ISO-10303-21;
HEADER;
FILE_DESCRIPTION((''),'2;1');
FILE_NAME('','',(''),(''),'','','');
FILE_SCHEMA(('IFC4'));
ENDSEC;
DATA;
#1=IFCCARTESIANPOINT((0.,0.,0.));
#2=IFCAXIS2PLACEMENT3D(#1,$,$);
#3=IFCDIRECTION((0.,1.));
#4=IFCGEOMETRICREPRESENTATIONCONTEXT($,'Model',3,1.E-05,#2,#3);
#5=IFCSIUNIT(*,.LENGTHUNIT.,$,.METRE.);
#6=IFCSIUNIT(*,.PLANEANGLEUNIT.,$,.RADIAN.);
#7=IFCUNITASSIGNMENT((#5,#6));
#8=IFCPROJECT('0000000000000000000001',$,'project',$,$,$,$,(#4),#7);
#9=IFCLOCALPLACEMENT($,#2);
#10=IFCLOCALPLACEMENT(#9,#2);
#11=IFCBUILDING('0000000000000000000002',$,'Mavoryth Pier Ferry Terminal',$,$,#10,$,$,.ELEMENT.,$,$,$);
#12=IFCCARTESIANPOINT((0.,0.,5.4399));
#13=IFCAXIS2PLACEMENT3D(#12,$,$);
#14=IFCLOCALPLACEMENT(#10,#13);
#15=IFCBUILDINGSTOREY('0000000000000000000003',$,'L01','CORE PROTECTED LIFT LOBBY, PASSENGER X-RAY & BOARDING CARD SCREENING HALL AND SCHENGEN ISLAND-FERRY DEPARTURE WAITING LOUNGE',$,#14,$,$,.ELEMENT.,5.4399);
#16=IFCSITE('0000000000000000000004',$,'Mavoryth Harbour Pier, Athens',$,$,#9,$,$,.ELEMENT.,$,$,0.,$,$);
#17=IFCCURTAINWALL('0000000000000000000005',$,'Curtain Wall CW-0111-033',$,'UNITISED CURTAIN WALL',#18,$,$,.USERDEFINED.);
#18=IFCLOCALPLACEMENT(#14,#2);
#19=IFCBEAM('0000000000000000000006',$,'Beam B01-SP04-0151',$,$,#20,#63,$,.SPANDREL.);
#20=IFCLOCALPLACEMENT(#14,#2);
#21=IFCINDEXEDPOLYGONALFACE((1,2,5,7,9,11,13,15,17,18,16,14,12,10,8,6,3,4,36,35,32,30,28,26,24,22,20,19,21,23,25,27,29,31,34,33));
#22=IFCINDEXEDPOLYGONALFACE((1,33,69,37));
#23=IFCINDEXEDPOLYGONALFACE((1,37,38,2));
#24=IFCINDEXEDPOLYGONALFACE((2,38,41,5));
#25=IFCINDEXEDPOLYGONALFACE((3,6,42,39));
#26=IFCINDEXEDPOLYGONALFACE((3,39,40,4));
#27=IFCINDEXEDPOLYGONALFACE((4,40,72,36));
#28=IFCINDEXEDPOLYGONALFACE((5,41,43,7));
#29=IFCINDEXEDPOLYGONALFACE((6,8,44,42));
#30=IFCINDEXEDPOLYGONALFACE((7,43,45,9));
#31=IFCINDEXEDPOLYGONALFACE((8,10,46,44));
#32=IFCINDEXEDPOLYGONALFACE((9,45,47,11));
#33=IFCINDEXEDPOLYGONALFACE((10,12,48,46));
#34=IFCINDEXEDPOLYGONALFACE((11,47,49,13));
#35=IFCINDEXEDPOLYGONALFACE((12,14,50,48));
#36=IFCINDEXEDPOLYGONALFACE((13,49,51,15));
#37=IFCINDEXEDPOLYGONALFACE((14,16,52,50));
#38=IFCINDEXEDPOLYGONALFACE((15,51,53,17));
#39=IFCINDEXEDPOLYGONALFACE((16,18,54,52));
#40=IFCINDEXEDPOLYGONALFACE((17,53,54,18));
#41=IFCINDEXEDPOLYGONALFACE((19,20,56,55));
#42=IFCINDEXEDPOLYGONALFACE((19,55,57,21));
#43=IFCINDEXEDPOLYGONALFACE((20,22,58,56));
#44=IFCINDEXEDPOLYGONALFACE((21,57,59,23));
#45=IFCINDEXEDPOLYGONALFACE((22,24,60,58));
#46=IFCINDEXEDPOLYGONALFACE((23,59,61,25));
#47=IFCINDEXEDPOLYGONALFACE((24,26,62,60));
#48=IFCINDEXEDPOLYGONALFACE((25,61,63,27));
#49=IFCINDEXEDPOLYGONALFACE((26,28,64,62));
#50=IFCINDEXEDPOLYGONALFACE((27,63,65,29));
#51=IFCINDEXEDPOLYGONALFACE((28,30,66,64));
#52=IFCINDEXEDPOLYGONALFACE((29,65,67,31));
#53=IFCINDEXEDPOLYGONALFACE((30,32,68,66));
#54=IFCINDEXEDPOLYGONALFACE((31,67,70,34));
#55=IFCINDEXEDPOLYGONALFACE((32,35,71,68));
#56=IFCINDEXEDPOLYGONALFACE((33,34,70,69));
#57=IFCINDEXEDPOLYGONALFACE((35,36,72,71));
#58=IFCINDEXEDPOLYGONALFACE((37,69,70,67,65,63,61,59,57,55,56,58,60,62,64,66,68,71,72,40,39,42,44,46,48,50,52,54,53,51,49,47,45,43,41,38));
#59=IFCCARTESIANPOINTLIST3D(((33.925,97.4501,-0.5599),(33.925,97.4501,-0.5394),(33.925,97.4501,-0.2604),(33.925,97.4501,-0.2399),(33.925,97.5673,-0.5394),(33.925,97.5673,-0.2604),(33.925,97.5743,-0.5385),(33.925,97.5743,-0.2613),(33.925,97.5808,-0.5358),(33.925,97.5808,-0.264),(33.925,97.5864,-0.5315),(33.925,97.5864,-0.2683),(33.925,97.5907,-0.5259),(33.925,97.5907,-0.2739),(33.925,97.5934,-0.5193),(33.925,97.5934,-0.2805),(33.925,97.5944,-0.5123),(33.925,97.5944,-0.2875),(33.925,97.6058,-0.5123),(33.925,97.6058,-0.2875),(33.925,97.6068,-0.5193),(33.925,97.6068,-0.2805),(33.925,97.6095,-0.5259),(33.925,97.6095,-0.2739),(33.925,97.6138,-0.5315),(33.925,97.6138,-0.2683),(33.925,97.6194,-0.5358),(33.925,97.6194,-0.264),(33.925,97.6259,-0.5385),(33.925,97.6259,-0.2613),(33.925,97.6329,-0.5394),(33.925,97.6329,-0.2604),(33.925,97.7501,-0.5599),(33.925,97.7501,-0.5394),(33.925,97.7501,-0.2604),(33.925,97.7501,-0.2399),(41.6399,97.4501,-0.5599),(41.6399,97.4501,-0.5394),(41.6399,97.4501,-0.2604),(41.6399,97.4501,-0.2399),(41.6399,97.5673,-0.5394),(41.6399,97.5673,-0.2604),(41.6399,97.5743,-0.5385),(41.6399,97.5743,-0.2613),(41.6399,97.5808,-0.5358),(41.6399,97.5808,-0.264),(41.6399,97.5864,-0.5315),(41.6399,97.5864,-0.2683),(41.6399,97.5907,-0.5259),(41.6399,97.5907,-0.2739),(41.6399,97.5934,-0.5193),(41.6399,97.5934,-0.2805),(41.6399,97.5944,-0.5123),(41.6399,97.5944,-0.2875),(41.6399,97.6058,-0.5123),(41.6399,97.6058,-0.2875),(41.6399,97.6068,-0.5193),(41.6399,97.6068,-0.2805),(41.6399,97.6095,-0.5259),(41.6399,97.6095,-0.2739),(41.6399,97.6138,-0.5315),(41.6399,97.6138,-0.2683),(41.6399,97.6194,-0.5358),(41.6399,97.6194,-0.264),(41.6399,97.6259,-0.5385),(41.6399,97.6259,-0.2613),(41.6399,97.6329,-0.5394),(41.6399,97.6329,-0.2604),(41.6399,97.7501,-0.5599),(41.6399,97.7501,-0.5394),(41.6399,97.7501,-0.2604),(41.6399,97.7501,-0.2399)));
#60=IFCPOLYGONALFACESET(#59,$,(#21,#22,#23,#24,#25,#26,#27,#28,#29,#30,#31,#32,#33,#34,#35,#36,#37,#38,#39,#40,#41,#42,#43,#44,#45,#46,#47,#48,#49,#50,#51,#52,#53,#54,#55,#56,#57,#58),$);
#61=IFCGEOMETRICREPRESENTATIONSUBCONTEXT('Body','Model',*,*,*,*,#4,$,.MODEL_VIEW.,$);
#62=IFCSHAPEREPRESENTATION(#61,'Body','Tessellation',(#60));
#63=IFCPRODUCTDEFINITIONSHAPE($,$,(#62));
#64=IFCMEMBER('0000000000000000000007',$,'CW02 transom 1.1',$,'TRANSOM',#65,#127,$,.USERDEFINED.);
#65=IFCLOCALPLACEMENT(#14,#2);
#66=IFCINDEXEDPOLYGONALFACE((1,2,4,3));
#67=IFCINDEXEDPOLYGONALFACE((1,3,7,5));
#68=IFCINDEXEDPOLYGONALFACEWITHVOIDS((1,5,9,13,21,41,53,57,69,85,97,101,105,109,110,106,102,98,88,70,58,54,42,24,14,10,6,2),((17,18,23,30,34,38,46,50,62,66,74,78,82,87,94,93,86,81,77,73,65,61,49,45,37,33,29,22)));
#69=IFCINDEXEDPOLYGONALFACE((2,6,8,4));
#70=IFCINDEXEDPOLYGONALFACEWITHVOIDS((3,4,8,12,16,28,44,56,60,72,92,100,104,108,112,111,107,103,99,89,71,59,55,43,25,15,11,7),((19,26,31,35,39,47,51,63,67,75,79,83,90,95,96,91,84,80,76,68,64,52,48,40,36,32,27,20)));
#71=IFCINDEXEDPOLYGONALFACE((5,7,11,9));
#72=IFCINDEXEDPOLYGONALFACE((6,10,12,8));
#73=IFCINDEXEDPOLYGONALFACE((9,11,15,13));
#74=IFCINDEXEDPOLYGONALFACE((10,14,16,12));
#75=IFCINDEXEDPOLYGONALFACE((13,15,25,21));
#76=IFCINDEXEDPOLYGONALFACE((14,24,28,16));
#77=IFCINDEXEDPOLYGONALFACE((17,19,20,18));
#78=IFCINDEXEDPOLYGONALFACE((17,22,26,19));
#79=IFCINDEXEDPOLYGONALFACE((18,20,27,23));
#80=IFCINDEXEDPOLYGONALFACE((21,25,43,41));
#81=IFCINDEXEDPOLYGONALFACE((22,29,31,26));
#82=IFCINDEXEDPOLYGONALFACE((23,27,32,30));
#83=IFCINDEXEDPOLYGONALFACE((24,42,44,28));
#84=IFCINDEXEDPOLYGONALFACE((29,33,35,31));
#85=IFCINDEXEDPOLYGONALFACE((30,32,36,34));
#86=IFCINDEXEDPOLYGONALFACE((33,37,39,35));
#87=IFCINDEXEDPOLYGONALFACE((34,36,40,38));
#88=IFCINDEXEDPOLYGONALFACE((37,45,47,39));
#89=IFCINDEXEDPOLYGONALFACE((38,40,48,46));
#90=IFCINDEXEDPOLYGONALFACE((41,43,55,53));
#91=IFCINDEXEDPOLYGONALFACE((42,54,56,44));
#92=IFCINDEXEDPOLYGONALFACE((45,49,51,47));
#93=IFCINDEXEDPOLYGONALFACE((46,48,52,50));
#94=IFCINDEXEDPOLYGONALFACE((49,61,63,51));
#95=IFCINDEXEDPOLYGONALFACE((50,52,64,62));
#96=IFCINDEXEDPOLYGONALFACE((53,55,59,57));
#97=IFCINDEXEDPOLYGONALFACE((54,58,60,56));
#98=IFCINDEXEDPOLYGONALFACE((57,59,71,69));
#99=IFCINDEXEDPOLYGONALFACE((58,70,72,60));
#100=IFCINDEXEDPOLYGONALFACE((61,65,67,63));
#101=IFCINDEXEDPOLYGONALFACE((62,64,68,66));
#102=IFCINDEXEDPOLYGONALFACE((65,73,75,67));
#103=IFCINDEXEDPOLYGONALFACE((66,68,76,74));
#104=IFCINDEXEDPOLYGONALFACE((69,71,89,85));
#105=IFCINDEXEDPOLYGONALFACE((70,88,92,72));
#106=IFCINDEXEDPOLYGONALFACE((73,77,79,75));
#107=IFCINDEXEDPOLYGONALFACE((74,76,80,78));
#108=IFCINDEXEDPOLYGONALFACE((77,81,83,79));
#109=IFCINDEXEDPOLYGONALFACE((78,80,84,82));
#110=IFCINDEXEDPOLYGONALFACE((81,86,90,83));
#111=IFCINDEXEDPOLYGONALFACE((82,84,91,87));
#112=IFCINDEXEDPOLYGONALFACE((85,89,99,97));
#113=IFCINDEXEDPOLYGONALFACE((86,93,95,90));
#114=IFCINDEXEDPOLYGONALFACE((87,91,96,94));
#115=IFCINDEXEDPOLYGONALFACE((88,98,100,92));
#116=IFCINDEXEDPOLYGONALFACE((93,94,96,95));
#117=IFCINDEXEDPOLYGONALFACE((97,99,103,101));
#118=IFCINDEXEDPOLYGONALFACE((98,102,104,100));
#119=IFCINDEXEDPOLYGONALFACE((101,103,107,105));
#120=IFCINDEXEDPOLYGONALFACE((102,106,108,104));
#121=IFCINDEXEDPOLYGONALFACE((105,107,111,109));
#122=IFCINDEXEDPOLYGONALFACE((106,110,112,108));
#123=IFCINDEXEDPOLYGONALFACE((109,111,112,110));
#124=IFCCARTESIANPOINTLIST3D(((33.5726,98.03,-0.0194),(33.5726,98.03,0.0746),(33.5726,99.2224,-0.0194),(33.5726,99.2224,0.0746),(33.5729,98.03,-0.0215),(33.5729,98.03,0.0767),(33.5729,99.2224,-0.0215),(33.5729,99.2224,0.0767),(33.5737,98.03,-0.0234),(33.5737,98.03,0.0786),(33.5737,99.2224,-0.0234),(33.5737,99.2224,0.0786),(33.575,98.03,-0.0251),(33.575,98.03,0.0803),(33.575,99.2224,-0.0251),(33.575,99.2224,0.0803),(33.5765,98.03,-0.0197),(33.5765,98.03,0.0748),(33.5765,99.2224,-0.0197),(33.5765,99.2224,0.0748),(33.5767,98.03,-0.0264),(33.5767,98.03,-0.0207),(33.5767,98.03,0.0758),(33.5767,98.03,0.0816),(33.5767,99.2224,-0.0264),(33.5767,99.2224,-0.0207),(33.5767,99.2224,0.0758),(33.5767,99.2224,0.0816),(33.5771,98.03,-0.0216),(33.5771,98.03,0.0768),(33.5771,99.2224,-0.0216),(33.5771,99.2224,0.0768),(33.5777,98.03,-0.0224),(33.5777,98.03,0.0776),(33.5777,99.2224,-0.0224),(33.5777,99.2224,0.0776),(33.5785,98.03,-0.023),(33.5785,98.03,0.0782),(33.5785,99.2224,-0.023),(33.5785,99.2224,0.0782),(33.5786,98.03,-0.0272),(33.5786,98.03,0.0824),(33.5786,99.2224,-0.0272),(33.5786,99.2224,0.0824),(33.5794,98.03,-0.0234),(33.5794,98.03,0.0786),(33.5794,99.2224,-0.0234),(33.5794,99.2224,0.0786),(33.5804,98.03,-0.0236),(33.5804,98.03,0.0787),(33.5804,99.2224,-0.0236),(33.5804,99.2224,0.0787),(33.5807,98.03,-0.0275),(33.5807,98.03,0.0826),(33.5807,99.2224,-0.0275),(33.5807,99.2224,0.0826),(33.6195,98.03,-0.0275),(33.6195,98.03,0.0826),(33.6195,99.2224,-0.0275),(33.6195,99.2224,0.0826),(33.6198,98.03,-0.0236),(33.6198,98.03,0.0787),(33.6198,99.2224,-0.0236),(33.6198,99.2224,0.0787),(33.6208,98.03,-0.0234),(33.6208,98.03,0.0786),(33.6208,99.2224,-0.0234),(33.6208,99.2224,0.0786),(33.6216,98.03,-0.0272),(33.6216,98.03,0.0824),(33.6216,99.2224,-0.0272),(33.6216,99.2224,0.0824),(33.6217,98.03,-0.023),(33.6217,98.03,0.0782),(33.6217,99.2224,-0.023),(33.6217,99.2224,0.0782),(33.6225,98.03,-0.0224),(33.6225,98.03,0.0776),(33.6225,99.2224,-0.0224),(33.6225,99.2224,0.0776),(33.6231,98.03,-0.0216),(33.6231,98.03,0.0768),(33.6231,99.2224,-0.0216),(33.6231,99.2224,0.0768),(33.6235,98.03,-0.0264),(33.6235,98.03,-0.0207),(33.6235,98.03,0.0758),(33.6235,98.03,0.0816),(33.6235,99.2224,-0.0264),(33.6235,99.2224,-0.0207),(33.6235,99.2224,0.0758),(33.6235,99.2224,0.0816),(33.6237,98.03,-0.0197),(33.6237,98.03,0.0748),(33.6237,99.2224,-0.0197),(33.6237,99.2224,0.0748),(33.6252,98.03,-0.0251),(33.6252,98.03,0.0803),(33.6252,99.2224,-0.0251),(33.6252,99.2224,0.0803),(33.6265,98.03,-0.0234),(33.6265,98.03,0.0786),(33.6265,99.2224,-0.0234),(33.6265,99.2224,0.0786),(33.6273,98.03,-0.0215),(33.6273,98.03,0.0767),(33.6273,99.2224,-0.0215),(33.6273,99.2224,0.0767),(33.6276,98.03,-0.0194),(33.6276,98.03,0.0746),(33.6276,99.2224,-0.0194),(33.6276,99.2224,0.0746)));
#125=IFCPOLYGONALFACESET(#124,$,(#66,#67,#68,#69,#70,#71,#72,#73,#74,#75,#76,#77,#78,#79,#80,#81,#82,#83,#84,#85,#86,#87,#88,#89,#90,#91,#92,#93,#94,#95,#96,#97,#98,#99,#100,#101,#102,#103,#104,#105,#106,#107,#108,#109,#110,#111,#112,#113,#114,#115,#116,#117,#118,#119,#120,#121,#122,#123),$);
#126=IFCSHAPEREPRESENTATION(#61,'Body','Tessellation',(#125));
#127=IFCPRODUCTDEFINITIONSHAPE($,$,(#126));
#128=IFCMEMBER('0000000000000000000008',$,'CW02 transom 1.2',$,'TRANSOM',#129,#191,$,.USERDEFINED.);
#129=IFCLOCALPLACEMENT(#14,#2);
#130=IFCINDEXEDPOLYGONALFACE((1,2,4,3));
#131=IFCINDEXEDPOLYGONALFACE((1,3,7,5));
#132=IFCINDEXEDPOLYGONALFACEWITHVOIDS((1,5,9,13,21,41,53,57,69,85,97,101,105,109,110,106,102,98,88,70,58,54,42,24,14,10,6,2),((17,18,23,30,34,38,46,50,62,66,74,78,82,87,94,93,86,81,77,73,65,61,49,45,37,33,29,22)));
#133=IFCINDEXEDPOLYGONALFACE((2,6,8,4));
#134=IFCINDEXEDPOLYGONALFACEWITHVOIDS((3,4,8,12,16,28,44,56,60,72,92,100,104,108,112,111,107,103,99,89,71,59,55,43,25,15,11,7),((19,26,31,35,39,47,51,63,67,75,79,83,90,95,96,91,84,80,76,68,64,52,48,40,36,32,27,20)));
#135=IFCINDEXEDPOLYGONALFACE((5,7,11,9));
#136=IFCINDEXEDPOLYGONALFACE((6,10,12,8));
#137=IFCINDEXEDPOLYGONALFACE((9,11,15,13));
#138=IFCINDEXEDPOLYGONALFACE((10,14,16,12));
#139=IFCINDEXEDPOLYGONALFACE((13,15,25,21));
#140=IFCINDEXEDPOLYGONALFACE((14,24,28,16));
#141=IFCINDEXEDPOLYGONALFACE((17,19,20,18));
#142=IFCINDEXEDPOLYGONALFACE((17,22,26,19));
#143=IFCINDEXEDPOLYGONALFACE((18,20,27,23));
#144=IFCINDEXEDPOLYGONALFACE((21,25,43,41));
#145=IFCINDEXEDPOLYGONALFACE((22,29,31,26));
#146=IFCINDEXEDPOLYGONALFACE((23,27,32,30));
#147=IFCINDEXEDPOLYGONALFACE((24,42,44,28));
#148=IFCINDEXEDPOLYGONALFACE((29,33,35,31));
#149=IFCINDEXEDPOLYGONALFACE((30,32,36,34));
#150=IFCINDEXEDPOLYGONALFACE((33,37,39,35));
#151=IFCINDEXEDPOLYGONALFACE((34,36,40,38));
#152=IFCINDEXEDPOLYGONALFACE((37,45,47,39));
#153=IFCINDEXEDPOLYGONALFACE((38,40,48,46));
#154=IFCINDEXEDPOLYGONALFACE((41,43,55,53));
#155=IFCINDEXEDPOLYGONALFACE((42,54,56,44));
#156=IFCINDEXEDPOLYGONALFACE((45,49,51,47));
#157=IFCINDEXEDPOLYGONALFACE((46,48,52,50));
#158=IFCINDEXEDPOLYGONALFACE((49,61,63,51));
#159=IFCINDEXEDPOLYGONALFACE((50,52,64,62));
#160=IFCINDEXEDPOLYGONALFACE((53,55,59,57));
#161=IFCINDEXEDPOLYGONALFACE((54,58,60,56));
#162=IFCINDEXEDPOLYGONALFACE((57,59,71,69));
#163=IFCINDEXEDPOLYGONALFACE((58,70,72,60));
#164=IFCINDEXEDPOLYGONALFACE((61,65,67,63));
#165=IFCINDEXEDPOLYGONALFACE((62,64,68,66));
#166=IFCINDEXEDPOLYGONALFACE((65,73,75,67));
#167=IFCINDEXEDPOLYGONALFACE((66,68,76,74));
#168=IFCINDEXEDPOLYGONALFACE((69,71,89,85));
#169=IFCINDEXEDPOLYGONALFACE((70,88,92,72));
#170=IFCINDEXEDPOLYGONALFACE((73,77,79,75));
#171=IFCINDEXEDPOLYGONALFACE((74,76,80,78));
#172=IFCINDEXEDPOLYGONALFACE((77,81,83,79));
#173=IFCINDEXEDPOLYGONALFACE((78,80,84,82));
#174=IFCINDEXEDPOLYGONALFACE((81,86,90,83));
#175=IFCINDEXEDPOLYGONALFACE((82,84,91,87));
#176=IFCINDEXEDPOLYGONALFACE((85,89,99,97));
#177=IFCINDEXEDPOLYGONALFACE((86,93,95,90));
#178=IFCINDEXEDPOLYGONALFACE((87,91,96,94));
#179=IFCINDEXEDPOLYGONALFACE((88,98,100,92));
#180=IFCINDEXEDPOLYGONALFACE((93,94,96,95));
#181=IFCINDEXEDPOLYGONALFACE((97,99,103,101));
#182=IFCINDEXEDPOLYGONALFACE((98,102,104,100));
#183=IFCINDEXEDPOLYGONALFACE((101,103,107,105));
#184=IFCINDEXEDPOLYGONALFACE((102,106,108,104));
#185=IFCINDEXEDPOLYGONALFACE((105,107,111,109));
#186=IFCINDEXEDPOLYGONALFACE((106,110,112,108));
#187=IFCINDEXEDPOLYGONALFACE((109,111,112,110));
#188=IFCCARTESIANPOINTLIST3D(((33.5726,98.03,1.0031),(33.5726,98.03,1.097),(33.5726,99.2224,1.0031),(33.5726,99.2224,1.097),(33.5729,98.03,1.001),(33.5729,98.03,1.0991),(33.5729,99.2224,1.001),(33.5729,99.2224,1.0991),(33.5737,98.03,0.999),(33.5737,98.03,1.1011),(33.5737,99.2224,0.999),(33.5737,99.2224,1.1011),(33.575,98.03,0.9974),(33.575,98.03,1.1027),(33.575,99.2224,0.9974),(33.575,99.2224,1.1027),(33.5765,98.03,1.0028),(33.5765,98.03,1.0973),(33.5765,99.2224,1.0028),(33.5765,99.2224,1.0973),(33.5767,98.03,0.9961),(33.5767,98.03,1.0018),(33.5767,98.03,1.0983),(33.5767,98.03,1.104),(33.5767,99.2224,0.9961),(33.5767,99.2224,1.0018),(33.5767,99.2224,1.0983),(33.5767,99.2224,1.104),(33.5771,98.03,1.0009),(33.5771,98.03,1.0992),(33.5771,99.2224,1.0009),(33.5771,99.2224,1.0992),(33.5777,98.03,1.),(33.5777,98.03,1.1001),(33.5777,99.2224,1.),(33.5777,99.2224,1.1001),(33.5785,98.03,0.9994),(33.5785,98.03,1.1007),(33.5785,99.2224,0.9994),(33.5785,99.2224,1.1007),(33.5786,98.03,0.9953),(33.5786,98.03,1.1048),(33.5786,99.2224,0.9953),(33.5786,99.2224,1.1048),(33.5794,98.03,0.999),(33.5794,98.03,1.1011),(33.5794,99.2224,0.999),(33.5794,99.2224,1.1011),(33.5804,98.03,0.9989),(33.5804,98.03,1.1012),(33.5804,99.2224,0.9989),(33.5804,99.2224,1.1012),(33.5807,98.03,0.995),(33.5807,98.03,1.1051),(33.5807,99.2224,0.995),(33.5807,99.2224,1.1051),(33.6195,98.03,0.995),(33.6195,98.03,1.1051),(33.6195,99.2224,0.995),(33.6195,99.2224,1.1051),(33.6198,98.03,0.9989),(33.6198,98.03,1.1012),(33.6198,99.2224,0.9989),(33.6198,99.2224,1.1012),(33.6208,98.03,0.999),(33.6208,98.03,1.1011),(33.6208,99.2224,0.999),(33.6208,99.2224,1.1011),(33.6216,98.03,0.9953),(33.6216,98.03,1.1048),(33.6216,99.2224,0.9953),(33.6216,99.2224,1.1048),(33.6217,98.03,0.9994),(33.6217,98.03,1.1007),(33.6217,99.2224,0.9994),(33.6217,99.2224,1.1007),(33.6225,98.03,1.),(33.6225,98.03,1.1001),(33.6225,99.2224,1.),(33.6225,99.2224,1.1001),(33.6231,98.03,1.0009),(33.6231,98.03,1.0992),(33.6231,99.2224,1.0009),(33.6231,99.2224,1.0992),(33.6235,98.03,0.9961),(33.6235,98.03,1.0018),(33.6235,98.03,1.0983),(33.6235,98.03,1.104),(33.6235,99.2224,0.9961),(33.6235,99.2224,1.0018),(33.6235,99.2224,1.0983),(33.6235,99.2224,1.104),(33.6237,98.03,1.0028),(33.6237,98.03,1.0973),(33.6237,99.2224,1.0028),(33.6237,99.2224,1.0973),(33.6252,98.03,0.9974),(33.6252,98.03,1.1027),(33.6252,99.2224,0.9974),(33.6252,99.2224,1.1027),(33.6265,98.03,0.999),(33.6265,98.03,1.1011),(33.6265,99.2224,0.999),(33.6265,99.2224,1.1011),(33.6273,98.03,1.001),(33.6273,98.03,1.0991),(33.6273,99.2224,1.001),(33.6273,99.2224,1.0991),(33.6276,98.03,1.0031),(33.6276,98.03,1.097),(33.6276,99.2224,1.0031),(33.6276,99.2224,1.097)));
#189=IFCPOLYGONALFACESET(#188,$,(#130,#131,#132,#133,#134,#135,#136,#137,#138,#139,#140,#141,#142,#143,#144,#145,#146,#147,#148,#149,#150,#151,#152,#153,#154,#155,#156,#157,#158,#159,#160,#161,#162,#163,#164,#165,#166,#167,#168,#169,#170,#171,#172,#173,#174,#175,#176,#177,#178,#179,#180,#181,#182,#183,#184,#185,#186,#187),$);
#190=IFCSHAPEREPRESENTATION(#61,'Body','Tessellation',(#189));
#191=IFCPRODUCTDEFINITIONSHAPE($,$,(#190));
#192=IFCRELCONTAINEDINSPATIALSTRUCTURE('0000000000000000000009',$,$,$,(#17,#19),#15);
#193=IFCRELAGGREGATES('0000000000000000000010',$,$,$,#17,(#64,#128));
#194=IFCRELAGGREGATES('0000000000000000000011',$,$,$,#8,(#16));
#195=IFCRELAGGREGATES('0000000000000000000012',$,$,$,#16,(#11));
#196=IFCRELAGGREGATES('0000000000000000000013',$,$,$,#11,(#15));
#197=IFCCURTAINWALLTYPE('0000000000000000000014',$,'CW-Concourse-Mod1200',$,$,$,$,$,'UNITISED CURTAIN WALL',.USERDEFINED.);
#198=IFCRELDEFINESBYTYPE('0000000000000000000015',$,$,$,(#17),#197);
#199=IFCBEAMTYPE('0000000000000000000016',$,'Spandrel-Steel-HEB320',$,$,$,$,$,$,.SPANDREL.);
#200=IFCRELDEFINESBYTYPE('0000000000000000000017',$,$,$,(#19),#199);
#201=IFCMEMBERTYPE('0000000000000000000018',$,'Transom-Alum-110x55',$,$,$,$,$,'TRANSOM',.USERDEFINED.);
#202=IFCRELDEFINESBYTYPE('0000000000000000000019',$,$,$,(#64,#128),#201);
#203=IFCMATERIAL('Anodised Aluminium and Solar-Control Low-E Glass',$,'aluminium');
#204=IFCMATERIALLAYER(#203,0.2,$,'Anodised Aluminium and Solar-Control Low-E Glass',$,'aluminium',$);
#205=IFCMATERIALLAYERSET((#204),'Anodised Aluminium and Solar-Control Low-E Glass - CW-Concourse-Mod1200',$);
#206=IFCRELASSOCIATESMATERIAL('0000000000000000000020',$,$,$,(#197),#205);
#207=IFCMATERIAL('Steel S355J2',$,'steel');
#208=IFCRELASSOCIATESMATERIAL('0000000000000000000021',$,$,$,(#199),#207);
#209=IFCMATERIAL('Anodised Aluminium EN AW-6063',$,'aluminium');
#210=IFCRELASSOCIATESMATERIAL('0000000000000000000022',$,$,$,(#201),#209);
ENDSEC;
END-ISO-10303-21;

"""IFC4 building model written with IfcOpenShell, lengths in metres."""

from ifc_helpers import new_model, si_unit, direction, frame, origin, origin_2d, place, context, subcontext, project, spatial, hollow_rectangle, i_section, extrude, material, layer, layer_set, material_profile, profile_set, type_object, element, aggregate, save


model = new_model("IFC4")

# Units and contexts
model_context = context("Model", 3, precision=1e-05, world=origin(), true_north=direction((0.0, 1.0)))
body_context = subcontext(model_context, "Body", "Model", "MODEL_VIEW")
ifc_project = project(units=[si_unit("LENGTHUNIT", "METRE"), si_unit("PLANEANGLEUNIT", "RADIAN")], contexts=[model_context])

# Site, building, storey
site_placement = place(None, origin())
site = spatial("IfcSite", under=ifc_project, at=site_placement, Name="Mavoryth Harbour Pier, Athens", CompositionType="ELEMENT", RefElevation=0.0)
building_placement = place(site_placement, origin())
building = spatial("IfcBuilding", under=site, at=building_placement, Name="Mavoryth Pier Ferry Terminal", CompositionType="ELEMENT")
storey_placement = place(building_placement, frame((0.0, 0.0, 5.4399)))
storey = spatial("IfcBuildingStorey", under=building, at=storey_placement, Name="L01", Description="CORE PROTECTED LIFT LOBBY, PASSENGER X-RAY & BOARDING CARD SCREENING HALL AND SCHENGEN ISLAND-FERRY DEPARTURE WAITING LOUNGE", CompositionType="ELEMENT", Elevation=5.4399)

# Shared definitions
ifc_material_1 = material(Name="Steel S355J2", Category="steel")

# Curtain wall
ifc_material_2 = material(Name="Anodised Aluminium and Solar-Control Low-E Glass", Category="aluminium")
ifc_layer_1 = layer(ifc_material_2, 0.2, Name="Anodised Aluminium and Solar-Control Low-E Glass", Category="aluminium")
ifc_layer_set_1 = layer_set([ifc_layer_1], Name="Anodised Aluminium and Solar-Control Low-E Glass - CW-Concourse-Mod1200")
curtain_wall_type_1 = type_object("IfcCurtainWallType", Name="CW-Concourse-Mod1200", ElementType="UNITISED CURTAIN WALL", PredefinedType="USERDEFINED", material=ifc_layer_set_1)
curtain_wall_1_placement = place(storey_placement, origin())
curtain_wall_1 = element("IfcCurtainWall", 1, at=curtain_wall_1_placement, inside=storey, type_object=curtain_wall_type_1, Name="Curtain Wall CW-0111-033", ObjectType="UNITISED CURTAIN WALL", PredefinedType="USERDEFINED")
ifc_material_3 = material(Name="Anodised Aluminium EN AW-6063", Category="aluminium")

# Beam
ifc_material_profile_1 = material_profile(ifc_material_1, i_section(OverallWidth=0.3, OverallDepth=0.3201, WebThickness=0.0115, FlangeThickness=0.0205, FilletRadius=0.0271, at=origin_2d()), Name="HEB 320", Category="steel")
ifc_profile_set_1 = profile_set([ifc_material_profile_1], Name="Steel S355J2 - HEB 320")
beam_type_1 = type_object("IfcBeamType", Name="Spandrel-Steel-HEB320", PredefinedType="SPANDREL", material=ifc_profile_set_1)
beam_1_placement = place(storey_placement, frame((33.925, 97.6001, -0.3999), z_axis=(1.0, 0.0, 0.0), x_axis=(0.0, 1.0, 0.0)))
element("IfcBeam", 2, at=beam_1_placement, inside=storey, type_object=beam_type_1, Name="Beam B01-SP04-0151", PredefinedType="SPANDREL", context=body_context, shape_type="SweptSolid", body=[
    extrude(i_section(OverallWidth=0.3, OverallDepth=0.3201, WebThickness=0.0115, FlangeThickness=0.0205, FilletRadius=0.0271, at=origin_2d()), origin(), (0.0, 0.0, 1.0), 7.7148),
])

# Members
ifc_material_profile_2 = material_profile(ifc_material_3, hollow_rectangle(XDim=0.0549, YDim=0.1101, WallThickness=0.0039, InnerFilletRadius=0.0039, OuterFilletRadius=0.0081, at=origin_2d()), Name="AL-TRAN 110x55x4", Category="aluminium")
ifc_profile_set_2 = profile_set([ifc_material_profile_2], Name="Anodised Aluminium EN AW-6063 - AL-TRAN 110x55x4")
member_type_1 = type_object("IfcMemberType", Name="Transom-Alum-110x55", ElementType="TRANSOM", PredefinedType="USERDEFINED", material=ifc_profile_set_2)
member_1_placement = place(storey_placement, frame((33.6001, 98.03, 0.0276), z_axis=(0.0, 1.0, 0.0), x_axis=(-1.0, 0.0, 0.0)))
member_1 = element("IfcMember", 3, at=member_1_placement, type_object=member_type_1, Name="CW02 transom 1.1", ObjectType="TRANSOM", PredefinedType="USERDEFINED", context=body_context, shape_type="SweptSolid", body=[
    extrude(hollow_rectangle(XDim=0.0549, YDim=0.1101, WallThickness=0.0039, InnerFilletRadius=0.0039, OuterFilletRadius=0.0081, at=origin_2d()), origin(), (0.0, 0.0, 1.0), 1.1924),
])
member_2_placement = place(storey_placement, frame((33.6001, 98.03, 1.05), z_axis=(0.0, 1.0, 0.0), x_axis=(-1.0, 0.0, 0.0)))
member_2 = element("IfcMember", 4, at=member_2_placement, type_object=member_type_1, Name="CW02 transom 1.2", ObjectType="TRANSOM", PredefinedType="USERDEFINED", context=body_context, shape_type="SweptSolid", body=[
    extrude(hollow_rectangle(XDim=0.0549, YDim=0.1101, WallThickness=0.0039, InnerFilletRadius=0.0039, OuterFilletRadius=0.0081, at=origin_2d()), origin(), (0.0, 0.0, 1.0), 1.1924),
])

aggregate(curtain_wall_1, [member_1, member_2])

save(model, "model.ifc")
